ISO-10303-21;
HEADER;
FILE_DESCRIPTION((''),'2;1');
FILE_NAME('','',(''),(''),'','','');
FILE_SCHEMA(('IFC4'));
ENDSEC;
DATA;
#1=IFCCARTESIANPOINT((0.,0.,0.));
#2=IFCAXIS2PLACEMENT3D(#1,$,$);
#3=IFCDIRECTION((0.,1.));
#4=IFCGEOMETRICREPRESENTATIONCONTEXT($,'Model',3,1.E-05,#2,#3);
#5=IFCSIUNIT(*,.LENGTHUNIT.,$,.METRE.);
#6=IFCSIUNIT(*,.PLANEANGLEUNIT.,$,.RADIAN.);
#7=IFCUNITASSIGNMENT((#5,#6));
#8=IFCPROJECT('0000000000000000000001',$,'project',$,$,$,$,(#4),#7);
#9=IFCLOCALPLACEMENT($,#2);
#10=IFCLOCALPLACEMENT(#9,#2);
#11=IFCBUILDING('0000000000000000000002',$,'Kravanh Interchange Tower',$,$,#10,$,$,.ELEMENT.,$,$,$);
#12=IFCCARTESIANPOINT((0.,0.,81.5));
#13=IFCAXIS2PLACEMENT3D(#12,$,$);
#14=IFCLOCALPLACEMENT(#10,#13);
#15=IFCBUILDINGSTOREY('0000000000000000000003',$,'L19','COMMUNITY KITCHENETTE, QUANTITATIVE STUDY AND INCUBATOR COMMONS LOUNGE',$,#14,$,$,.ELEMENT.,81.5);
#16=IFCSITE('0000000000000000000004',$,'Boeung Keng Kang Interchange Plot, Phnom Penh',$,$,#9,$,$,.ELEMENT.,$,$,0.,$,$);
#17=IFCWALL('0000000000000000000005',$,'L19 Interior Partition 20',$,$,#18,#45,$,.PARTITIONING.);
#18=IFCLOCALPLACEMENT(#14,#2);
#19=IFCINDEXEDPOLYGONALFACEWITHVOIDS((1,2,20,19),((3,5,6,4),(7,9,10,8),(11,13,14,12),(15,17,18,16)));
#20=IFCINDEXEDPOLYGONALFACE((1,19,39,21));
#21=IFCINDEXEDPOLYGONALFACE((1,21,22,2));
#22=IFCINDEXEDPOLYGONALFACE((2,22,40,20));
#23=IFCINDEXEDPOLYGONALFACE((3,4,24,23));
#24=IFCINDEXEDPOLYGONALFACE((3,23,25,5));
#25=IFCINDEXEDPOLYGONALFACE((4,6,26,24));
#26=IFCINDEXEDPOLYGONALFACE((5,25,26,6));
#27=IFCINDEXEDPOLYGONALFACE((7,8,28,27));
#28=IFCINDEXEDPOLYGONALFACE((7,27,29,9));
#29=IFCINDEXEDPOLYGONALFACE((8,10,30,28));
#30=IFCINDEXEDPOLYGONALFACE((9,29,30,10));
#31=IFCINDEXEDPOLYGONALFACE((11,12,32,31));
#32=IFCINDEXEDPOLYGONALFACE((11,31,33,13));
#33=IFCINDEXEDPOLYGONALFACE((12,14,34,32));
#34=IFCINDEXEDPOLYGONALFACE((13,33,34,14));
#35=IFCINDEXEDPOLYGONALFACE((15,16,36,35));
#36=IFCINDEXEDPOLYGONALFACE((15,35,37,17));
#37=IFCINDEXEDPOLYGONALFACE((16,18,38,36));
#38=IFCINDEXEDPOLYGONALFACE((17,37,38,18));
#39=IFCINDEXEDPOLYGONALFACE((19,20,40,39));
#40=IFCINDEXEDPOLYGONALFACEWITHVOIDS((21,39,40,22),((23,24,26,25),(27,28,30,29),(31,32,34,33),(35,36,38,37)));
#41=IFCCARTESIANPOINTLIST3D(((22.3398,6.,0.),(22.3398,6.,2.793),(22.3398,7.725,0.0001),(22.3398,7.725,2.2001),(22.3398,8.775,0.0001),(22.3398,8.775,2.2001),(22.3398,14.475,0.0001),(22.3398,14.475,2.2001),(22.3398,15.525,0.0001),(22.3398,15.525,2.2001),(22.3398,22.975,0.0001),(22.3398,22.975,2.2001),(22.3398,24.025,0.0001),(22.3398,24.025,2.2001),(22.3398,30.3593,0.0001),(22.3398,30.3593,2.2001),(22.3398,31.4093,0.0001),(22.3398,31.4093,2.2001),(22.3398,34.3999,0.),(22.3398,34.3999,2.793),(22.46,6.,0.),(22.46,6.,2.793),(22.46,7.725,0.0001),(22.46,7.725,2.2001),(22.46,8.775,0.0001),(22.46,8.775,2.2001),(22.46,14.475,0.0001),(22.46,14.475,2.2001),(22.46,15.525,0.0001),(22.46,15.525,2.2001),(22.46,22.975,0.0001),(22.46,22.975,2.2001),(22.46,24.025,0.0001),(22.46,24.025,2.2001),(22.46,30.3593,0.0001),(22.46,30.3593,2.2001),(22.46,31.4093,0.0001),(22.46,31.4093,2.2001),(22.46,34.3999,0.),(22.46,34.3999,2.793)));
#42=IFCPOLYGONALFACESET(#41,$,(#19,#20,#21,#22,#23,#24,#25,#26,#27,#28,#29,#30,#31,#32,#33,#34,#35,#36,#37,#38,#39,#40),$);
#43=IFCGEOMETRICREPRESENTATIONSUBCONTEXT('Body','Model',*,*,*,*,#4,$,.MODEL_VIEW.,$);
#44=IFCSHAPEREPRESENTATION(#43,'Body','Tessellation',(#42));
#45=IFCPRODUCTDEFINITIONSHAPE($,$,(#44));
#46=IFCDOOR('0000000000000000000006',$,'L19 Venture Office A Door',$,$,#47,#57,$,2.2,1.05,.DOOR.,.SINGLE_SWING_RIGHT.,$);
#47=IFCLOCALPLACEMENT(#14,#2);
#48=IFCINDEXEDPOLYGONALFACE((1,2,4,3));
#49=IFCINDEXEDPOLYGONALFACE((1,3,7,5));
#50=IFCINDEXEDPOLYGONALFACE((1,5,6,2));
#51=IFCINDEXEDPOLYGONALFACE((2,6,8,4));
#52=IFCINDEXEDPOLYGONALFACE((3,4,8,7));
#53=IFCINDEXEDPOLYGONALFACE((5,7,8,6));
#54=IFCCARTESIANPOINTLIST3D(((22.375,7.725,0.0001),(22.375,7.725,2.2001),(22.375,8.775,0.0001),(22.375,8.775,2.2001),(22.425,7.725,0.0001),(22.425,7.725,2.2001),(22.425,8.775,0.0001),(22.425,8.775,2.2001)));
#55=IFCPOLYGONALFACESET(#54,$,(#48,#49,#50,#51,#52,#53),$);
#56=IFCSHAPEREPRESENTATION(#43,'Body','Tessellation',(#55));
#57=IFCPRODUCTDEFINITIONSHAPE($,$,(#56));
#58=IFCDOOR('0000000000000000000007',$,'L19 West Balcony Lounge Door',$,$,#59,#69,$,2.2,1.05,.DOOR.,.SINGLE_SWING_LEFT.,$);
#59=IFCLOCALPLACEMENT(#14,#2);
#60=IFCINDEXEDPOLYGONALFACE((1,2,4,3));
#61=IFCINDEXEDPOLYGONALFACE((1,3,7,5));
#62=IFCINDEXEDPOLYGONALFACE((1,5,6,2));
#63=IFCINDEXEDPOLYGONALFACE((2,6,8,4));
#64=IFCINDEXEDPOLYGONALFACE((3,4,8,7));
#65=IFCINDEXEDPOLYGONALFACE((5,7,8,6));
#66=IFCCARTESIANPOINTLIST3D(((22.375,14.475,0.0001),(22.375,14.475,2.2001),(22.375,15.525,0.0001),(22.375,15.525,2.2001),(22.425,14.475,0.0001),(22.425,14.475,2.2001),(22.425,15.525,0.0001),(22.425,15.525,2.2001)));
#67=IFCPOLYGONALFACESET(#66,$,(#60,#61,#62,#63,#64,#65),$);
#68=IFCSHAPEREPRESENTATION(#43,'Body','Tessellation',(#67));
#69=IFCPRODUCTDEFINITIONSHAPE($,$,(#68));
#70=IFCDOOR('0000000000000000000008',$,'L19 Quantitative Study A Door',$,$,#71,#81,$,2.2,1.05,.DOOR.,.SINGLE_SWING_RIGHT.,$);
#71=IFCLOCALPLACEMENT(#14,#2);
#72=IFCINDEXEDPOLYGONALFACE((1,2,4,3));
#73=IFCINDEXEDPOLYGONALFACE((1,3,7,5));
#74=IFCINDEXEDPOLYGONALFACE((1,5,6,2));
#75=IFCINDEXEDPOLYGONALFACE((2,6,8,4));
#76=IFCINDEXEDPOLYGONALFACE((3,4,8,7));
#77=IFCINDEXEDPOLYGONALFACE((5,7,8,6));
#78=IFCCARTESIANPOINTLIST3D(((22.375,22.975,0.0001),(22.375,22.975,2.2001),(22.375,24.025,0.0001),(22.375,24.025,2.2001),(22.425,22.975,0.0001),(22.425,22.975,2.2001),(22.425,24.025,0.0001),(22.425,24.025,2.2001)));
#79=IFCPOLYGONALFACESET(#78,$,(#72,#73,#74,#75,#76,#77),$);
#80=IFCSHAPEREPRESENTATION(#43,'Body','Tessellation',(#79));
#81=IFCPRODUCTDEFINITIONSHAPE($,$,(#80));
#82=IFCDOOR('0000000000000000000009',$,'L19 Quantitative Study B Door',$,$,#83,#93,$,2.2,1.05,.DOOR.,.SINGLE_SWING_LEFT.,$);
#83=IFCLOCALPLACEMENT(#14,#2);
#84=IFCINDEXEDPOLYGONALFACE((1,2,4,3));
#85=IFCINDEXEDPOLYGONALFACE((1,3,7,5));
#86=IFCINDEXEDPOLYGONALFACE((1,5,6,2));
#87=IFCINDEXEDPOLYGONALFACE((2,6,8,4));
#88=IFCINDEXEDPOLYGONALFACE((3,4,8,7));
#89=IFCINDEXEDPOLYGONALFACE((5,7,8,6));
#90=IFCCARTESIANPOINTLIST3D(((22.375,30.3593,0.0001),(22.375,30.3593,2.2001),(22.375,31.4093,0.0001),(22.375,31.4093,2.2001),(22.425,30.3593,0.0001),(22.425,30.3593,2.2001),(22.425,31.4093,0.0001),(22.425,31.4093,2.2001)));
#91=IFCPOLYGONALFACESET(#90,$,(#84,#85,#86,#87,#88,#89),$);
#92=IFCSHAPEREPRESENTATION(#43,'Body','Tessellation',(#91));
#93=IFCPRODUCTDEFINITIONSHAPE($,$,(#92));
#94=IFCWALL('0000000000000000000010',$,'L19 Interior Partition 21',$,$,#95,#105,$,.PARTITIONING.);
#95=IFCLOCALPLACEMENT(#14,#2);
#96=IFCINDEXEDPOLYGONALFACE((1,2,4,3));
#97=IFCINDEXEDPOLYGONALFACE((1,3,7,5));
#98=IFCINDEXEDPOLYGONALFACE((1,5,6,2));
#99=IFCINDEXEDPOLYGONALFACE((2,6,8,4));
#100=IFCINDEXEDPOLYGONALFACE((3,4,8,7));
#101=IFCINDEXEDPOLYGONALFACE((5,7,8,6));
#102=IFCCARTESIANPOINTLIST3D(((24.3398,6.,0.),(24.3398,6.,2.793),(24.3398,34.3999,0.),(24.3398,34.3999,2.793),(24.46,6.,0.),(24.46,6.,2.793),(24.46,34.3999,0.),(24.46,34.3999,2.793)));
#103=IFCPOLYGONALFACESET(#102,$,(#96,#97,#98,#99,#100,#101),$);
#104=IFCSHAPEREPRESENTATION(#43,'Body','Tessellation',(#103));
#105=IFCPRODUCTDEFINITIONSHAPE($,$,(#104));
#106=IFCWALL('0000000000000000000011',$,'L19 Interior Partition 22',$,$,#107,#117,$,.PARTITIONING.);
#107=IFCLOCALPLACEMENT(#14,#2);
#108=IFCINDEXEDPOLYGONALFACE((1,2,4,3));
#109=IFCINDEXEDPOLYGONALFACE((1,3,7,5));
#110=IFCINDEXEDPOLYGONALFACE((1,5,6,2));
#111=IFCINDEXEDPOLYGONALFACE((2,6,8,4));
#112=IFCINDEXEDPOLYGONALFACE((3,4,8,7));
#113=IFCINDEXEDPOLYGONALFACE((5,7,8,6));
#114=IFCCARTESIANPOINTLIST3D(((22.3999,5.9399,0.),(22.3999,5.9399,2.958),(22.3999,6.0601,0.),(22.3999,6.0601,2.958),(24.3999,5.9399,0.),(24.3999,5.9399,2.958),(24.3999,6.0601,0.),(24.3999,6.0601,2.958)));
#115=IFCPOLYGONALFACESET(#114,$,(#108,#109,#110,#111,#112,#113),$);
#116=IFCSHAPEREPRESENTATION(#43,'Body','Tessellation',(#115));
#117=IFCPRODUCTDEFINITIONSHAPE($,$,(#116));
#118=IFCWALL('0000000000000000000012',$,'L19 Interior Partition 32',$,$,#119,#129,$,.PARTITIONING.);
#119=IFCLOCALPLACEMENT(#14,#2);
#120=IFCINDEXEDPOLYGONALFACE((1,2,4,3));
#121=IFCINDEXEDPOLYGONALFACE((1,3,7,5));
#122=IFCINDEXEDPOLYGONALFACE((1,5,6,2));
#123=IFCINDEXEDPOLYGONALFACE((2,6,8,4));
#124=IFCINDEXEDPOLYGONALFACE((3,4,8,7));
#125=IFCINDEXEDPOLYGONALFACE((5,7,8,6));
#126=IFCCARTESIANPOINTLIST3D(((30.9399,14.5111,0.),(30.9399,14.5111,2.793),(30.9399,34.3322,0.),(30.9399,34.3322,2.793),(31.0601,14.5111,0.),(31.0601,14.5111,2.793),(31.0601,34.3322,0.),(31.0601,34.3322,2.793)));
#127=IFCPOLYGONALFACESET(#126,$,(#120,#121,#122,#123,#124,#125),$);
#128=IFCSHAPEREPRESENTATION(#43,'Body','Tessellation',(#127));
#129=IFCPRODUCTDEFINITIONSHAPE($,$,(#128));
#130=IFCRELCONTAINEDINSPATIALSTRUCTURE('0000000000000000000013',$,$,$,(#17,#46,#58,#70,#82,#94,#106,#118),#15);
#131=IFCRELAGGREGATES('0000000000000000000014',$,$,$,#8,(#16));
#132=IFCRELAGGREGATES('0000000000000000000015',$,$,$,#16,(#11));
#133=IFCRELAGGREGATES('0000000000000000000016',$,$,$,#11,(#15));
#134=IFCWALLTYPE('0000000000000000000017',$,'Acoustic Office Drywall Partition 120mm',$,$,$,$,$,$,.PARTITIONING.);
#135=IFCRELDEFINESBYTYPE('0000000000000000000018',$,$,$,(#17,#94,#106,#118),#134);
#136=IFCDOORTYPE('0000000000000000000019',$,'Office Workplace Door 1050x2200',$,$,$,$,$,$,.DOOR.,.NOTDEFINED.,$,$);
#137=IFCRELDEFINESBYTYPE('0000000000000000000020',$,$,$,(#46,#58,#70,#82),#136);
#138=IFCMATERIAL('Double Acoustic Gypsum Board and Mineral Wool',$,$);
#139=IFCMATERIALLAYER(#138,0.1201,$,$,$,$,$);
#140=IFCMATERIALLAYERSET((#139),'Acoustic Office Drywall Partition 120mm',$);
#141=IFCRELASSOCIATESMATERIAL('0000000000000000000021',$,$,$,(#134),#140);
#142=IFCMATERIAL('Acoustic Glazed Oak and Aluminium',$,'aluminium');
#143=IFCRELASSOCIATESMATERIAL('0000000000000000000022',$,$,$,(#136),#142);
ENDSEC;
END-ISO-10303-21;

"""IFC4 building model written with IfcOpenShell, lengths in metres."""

from ifc_helpers import new_model, si_unit, direction, frame, frame_2d, origin, place, context, subcontext, project, spatial, rectangle, extrude, material, layer, layer_set, type_object, element, fill, save


model = new_model("IFC4")

# Units and contexts
model_context = context("Model", 3, precision=1e-05, world=origin(), true_north=direction((0.0, 1.0)))
body_context = subcontext(model_context, "Body", "Model", "MODEL_VIEW")
ifc_project = project(units=[si_unit("LENGTHUNIT", "METRE"), si_unit("PLANEANGLEUNIT", "RADIAN")], contexts=[model_context])

# Site, building, storey
site_placement = place(None, origin())
site = spatial("IfcSite", under=ifc_project, at=site_placement, Name="Boeung Keng Kang Interchange Plot, Phnom Penh", CompositionType="ELEMENT", RefElevation=0.0)
building_placement = place(site_placement, origin())
building = spatial("IfcBuilding", under=site, at=building_placement, Name="Kravanh Interchange Tower", CompositionType="ELEMENT")
storey_placement = place(building_placement, frame((0.0, 0.0, 81.5)))
storey = spatial("IfcBuildingStorey", under=building, at=storey_placement, Name="L19", Description="COMMUNITY KITCHENETTE, QUANTITATIVE STUDY AND INCUBATOR COMMONS LOUNGE", CompositionType="ELEMENT", Elevation=81.5)

# Wall, openings, doors
ifc_material_1 = material(Name="Double Acoustic Gypsum Board and Mineral Wool")
ifc_layer_1 = layer(ifc_material_1, 0.1201)
ifc_layer_set_1 = layer_set([ifc_layer_1], Name="Acoustic Office Drywall Partition 120mm")
wall_type = type_object("IfcWallType", Name="Acoustic Office Drywall Partition 120mm", PredefinedType="PARTITIONING", material=ifc_layer_set_1)
wall_1_placement = place(storey_placement, frame((22.3999, 6.0, 0.0), z_axis=(0.0, 0.0, 1.0), x_axis=(0.0, 1.0, 0.0)))
wall_1 = element("IfcWall", 1, at=wall_1_placement, inside=storey, type_object=wall_type, Name="L19 Interior Partition 20", PredefinedType="PARTITIONING", context=body_context, shape_type="SweptSolid", body=[
    extrude(rectangle(XDim=28.3999, YDim=0.1201, at=frame_2d((14.2, 0.0))), origin(), (0.0, 0.0, 1.0), 2.793),
])
opening_1_placement = place(wall_1_placement, frame((1.7251, 0.0, 0.0)))
opening_1 = element("IfcOpeningElement", 2, at=opening_1_placement, cuts=wall_1, PredefinedType="OPENING", context=body_context, shape_type="SweptSolid", body=[
    extrude(rectangle(XDim=1.05, YDim=2.2, at=frame_2d((0.5249, 1.1001))), frame((0.0, 0.0701, 0.0), z_axis=(0.0, -1.0, 0.0), x_axis=(1.0, 0.0, 0.0)), (0.0, 0.0, 1.0), 0.1401),
])
opening_2_placement = place(wall_1_placement, frame((8.4751, 0.0, 0.0)))
opening_2 = element("IfcOpeningElement", 3, at=opening_2_placement, cuts=wall_1, PredefinedType="OPENING", context=body_context, shape_type="SweptSolid", body=[
    extrude(rectangle(XDim=1.05, YDim=2.2, at=frame_2d((0.5249, 1.1001))), frame((0.0, 0.0701, 0.0), z_axis=(0.0, -1.0, 0.0), x_axis=(1.0, 0.0, 0.0)), (0.0, 0.0, 1.0), 0.1401),
])
opening_3_placement = place(wall_1_placement, frame((16.9751, 0.0, 0.0)))
opening_3 = element("IfcOpeningElement", 4, at=opening_3_placement, cuts=wall_1, PredefinedType="OPENING", context=body_context, shape_type="SweptSolid", body=[
    extrude(rectangle(XDim=1.05, YDim=2.2, at=frame_2d((0.5249, 1.1001))), frame((0.0, 0.0701, 0.0), z_axis=(0.0, -1.0, 0.0), x_axis=(1.0, 0.0, 0.0)), (0.0, 0.0, 1.0), 0.1401),
])
opening_4_placement = place(wall_1_placement, frame((24.3594, 0.0, 0.0)))
opening_4 = element("IfcOpeningElement", 5, at=opening_4_placement, cuts=wall_1, PredefinedType="OPENING", context=body_context, shape_type="SweptSolid", body=[
    extrude(rectangle(XDim=1.05, YDim=2.2, at=frame_2d((0.5249, 1.1001))), frame((0.0, 0.0701, 0.0), z_axis=(0.0, -1.0, 0.0), x_axis=(1.0, 0.0, 0.0)), (0.0, 0.0, 1.0), 0.1401),
])
ifc_material_2 = material(Name="Acoustic Glazed Oak and Aluminium", Category="aluminium")
door_type = type_object("IfcDoorType", Name="Office Workplace Door 1050x2200", OperationType="NOTDEFINED", PredefinedType="DOOR", material=ifc_material_2)
door_1_placement = place(opening_1_placement, origin())
door_1 = element("IfcDoor", 6, at=door_1_placement, inside=storey, type_object=door_type, Name="L19 Venture Office A Door", OperationType="SINGLE_SWING_RIGHT", OverallHeight=2.2, OverallWidth=1.05, PredefinedType="DOOR", context=body_context, shape_type="SweptSolid", body=[
    extrude(rectangle(XDim=1.05, YDim=2.2, at=frame_2d((0.5249, 1.1001))), frame((0.0, 0.0249, 0.0), z_axis=(0.0, -1.0, 0.0), x_axis=(1.0, 0.0, 0.0)), (0.0, 0.0, 1.0), 0.05),
])
fill(opening_1, door_1)
door_2_placement = place(opening_2_placement, origin())
door_2 = element("IfcDoor", 7, at=door_2_placement, inside=storey, type_object=door_type, Name="L19 West Balcony Lounge Door", OperationType="SINGLE_SWING_LEFT", OverallHeight=2.2, OverallWidth=1.05, PredefinedType="DOOR", context=body_context, shape_type="SweptSolid", body=[
    extrude(rectangle(XDim=1.05, YDim=2.2, at=frame_2d((0.5249, 1.1001))), frame((0.0, 0.0249, 0.0), z_axis=(0.0, -1.0, 0.0), x_axis=(1.0, 0.0, 0.0)), (0.0, 0.0, 1.0), 0.05),
])
fill(opening_2, door_2)
door_3_placement = place(opening_3_placement, origin())
door_3 = element("IfcDoor", 8, at=door_3_placement, inside=storey, type_object=door_type, Name="L19 Quantitative Study A Door", OperationType="SINGLE_SWING_RIGHT", OverallHeight=2.2, OverallWidth=1.05, PredefinedType="DOOR", context=body_context, shape_type="SweptSolid", body=[
    extrude(rectangle(XDim=1.05, YDim=2.2, at=frame_2d((0.5249, 1.1001))), frame((0.0, 0.0249, 0.0), z_axis=(0.0, -1.0, 0.0), x_axis=(1.0, 0.0, 0.0)), (0.0, 0.0, 1.0), 0.05),
])
fill(opening_3, door_3)
door_4_placement = place(opening_4_placement, origin())
door_4 = element("IfcDoor", 9, at=door_4_placement, inside=storey, type_object=door_type, Name="L19 Quantitative Study B Door", OperationType="SINGLE_SWING_LEFT", OverallHeight=2.2, OverallWidth=1.05, PredefinedType="DOOR", context=body_context, shape_type="SweptSolid", body=[
    extrude(rectangle(XDim=1.05, YDim=2.2, at=frame_2d((0.5249, 1.1001))), frame((0.0, 0.0249, 0.0), z_axis=(0.0, -1.0, 0.0), x_axis=(1.0, 0.0, 0.0)), (0.0, 0.0, 1.0), 0.05),
])
fill(opening_4, door_4)

# Walls
wall_2_placement = place(storey_placement, frame((24.3999, 6.0, 0.0), z_axis=(0.0, 0.0, 1.0), x_axis=(0.0, 1.0, 0.0)))
element("IfcWall", 10, at=wall_2_placement, inside=storey, type_object=wall_type, Name="L19 Interior Partition 21", PredefinedType="PARTITIONING", context=body_context, shape_type="SweptSolid", body=[
    extrude(rectangle(XDim=28.3999, YDim=0.1201, at=frame_2d((14.2, 0.0))), origin(), (0.0, 0.0, 1.0), 2.793),
])
wall_3_placement = place(storey_placement, frame((22.3999, 6.0, 0.0), z_axis=(0.0, 0.0, 1.0), x_axis=(1.0, 0.0, 0.0)))
element("IfcWall", 11, at=wall_3_placement, inside=storey, type_object=wall_type, Name="L19 Interior Partition 22", PredefinedType="PARTITIONING", context=body_context, shape_type="SweptSolid", body=[
    extrude(rectangle(XDim=2.0, YDim=0.1201, at=frame_2d((1.0, 0.0))), origin(), (0.0, 0.0, 1.0), 2.958),
])
wall_4_placement = place(storey_placement, frame((31.0, 14.511, 0.0), z_axis=(0.0, 0.0, 1.0), x_axis=(0.0, 1.0, 0.0)))
element("IfcWall", 12, at=wall_4_placement, inside=storey, type_object=wall_type, Name="L19 Interior Partition 32", PredefinedType="PARTITIONING", context=body_context, shape_type="SweptSolid", body=[
    extrude(rectangle(XDim=19.821, YDim=0.1201, at=frame_2d((9.9106, 0.0))), origin(), (0.0, 0.0, 1.0), 2.793),
])

save(model, "model.ifc")
